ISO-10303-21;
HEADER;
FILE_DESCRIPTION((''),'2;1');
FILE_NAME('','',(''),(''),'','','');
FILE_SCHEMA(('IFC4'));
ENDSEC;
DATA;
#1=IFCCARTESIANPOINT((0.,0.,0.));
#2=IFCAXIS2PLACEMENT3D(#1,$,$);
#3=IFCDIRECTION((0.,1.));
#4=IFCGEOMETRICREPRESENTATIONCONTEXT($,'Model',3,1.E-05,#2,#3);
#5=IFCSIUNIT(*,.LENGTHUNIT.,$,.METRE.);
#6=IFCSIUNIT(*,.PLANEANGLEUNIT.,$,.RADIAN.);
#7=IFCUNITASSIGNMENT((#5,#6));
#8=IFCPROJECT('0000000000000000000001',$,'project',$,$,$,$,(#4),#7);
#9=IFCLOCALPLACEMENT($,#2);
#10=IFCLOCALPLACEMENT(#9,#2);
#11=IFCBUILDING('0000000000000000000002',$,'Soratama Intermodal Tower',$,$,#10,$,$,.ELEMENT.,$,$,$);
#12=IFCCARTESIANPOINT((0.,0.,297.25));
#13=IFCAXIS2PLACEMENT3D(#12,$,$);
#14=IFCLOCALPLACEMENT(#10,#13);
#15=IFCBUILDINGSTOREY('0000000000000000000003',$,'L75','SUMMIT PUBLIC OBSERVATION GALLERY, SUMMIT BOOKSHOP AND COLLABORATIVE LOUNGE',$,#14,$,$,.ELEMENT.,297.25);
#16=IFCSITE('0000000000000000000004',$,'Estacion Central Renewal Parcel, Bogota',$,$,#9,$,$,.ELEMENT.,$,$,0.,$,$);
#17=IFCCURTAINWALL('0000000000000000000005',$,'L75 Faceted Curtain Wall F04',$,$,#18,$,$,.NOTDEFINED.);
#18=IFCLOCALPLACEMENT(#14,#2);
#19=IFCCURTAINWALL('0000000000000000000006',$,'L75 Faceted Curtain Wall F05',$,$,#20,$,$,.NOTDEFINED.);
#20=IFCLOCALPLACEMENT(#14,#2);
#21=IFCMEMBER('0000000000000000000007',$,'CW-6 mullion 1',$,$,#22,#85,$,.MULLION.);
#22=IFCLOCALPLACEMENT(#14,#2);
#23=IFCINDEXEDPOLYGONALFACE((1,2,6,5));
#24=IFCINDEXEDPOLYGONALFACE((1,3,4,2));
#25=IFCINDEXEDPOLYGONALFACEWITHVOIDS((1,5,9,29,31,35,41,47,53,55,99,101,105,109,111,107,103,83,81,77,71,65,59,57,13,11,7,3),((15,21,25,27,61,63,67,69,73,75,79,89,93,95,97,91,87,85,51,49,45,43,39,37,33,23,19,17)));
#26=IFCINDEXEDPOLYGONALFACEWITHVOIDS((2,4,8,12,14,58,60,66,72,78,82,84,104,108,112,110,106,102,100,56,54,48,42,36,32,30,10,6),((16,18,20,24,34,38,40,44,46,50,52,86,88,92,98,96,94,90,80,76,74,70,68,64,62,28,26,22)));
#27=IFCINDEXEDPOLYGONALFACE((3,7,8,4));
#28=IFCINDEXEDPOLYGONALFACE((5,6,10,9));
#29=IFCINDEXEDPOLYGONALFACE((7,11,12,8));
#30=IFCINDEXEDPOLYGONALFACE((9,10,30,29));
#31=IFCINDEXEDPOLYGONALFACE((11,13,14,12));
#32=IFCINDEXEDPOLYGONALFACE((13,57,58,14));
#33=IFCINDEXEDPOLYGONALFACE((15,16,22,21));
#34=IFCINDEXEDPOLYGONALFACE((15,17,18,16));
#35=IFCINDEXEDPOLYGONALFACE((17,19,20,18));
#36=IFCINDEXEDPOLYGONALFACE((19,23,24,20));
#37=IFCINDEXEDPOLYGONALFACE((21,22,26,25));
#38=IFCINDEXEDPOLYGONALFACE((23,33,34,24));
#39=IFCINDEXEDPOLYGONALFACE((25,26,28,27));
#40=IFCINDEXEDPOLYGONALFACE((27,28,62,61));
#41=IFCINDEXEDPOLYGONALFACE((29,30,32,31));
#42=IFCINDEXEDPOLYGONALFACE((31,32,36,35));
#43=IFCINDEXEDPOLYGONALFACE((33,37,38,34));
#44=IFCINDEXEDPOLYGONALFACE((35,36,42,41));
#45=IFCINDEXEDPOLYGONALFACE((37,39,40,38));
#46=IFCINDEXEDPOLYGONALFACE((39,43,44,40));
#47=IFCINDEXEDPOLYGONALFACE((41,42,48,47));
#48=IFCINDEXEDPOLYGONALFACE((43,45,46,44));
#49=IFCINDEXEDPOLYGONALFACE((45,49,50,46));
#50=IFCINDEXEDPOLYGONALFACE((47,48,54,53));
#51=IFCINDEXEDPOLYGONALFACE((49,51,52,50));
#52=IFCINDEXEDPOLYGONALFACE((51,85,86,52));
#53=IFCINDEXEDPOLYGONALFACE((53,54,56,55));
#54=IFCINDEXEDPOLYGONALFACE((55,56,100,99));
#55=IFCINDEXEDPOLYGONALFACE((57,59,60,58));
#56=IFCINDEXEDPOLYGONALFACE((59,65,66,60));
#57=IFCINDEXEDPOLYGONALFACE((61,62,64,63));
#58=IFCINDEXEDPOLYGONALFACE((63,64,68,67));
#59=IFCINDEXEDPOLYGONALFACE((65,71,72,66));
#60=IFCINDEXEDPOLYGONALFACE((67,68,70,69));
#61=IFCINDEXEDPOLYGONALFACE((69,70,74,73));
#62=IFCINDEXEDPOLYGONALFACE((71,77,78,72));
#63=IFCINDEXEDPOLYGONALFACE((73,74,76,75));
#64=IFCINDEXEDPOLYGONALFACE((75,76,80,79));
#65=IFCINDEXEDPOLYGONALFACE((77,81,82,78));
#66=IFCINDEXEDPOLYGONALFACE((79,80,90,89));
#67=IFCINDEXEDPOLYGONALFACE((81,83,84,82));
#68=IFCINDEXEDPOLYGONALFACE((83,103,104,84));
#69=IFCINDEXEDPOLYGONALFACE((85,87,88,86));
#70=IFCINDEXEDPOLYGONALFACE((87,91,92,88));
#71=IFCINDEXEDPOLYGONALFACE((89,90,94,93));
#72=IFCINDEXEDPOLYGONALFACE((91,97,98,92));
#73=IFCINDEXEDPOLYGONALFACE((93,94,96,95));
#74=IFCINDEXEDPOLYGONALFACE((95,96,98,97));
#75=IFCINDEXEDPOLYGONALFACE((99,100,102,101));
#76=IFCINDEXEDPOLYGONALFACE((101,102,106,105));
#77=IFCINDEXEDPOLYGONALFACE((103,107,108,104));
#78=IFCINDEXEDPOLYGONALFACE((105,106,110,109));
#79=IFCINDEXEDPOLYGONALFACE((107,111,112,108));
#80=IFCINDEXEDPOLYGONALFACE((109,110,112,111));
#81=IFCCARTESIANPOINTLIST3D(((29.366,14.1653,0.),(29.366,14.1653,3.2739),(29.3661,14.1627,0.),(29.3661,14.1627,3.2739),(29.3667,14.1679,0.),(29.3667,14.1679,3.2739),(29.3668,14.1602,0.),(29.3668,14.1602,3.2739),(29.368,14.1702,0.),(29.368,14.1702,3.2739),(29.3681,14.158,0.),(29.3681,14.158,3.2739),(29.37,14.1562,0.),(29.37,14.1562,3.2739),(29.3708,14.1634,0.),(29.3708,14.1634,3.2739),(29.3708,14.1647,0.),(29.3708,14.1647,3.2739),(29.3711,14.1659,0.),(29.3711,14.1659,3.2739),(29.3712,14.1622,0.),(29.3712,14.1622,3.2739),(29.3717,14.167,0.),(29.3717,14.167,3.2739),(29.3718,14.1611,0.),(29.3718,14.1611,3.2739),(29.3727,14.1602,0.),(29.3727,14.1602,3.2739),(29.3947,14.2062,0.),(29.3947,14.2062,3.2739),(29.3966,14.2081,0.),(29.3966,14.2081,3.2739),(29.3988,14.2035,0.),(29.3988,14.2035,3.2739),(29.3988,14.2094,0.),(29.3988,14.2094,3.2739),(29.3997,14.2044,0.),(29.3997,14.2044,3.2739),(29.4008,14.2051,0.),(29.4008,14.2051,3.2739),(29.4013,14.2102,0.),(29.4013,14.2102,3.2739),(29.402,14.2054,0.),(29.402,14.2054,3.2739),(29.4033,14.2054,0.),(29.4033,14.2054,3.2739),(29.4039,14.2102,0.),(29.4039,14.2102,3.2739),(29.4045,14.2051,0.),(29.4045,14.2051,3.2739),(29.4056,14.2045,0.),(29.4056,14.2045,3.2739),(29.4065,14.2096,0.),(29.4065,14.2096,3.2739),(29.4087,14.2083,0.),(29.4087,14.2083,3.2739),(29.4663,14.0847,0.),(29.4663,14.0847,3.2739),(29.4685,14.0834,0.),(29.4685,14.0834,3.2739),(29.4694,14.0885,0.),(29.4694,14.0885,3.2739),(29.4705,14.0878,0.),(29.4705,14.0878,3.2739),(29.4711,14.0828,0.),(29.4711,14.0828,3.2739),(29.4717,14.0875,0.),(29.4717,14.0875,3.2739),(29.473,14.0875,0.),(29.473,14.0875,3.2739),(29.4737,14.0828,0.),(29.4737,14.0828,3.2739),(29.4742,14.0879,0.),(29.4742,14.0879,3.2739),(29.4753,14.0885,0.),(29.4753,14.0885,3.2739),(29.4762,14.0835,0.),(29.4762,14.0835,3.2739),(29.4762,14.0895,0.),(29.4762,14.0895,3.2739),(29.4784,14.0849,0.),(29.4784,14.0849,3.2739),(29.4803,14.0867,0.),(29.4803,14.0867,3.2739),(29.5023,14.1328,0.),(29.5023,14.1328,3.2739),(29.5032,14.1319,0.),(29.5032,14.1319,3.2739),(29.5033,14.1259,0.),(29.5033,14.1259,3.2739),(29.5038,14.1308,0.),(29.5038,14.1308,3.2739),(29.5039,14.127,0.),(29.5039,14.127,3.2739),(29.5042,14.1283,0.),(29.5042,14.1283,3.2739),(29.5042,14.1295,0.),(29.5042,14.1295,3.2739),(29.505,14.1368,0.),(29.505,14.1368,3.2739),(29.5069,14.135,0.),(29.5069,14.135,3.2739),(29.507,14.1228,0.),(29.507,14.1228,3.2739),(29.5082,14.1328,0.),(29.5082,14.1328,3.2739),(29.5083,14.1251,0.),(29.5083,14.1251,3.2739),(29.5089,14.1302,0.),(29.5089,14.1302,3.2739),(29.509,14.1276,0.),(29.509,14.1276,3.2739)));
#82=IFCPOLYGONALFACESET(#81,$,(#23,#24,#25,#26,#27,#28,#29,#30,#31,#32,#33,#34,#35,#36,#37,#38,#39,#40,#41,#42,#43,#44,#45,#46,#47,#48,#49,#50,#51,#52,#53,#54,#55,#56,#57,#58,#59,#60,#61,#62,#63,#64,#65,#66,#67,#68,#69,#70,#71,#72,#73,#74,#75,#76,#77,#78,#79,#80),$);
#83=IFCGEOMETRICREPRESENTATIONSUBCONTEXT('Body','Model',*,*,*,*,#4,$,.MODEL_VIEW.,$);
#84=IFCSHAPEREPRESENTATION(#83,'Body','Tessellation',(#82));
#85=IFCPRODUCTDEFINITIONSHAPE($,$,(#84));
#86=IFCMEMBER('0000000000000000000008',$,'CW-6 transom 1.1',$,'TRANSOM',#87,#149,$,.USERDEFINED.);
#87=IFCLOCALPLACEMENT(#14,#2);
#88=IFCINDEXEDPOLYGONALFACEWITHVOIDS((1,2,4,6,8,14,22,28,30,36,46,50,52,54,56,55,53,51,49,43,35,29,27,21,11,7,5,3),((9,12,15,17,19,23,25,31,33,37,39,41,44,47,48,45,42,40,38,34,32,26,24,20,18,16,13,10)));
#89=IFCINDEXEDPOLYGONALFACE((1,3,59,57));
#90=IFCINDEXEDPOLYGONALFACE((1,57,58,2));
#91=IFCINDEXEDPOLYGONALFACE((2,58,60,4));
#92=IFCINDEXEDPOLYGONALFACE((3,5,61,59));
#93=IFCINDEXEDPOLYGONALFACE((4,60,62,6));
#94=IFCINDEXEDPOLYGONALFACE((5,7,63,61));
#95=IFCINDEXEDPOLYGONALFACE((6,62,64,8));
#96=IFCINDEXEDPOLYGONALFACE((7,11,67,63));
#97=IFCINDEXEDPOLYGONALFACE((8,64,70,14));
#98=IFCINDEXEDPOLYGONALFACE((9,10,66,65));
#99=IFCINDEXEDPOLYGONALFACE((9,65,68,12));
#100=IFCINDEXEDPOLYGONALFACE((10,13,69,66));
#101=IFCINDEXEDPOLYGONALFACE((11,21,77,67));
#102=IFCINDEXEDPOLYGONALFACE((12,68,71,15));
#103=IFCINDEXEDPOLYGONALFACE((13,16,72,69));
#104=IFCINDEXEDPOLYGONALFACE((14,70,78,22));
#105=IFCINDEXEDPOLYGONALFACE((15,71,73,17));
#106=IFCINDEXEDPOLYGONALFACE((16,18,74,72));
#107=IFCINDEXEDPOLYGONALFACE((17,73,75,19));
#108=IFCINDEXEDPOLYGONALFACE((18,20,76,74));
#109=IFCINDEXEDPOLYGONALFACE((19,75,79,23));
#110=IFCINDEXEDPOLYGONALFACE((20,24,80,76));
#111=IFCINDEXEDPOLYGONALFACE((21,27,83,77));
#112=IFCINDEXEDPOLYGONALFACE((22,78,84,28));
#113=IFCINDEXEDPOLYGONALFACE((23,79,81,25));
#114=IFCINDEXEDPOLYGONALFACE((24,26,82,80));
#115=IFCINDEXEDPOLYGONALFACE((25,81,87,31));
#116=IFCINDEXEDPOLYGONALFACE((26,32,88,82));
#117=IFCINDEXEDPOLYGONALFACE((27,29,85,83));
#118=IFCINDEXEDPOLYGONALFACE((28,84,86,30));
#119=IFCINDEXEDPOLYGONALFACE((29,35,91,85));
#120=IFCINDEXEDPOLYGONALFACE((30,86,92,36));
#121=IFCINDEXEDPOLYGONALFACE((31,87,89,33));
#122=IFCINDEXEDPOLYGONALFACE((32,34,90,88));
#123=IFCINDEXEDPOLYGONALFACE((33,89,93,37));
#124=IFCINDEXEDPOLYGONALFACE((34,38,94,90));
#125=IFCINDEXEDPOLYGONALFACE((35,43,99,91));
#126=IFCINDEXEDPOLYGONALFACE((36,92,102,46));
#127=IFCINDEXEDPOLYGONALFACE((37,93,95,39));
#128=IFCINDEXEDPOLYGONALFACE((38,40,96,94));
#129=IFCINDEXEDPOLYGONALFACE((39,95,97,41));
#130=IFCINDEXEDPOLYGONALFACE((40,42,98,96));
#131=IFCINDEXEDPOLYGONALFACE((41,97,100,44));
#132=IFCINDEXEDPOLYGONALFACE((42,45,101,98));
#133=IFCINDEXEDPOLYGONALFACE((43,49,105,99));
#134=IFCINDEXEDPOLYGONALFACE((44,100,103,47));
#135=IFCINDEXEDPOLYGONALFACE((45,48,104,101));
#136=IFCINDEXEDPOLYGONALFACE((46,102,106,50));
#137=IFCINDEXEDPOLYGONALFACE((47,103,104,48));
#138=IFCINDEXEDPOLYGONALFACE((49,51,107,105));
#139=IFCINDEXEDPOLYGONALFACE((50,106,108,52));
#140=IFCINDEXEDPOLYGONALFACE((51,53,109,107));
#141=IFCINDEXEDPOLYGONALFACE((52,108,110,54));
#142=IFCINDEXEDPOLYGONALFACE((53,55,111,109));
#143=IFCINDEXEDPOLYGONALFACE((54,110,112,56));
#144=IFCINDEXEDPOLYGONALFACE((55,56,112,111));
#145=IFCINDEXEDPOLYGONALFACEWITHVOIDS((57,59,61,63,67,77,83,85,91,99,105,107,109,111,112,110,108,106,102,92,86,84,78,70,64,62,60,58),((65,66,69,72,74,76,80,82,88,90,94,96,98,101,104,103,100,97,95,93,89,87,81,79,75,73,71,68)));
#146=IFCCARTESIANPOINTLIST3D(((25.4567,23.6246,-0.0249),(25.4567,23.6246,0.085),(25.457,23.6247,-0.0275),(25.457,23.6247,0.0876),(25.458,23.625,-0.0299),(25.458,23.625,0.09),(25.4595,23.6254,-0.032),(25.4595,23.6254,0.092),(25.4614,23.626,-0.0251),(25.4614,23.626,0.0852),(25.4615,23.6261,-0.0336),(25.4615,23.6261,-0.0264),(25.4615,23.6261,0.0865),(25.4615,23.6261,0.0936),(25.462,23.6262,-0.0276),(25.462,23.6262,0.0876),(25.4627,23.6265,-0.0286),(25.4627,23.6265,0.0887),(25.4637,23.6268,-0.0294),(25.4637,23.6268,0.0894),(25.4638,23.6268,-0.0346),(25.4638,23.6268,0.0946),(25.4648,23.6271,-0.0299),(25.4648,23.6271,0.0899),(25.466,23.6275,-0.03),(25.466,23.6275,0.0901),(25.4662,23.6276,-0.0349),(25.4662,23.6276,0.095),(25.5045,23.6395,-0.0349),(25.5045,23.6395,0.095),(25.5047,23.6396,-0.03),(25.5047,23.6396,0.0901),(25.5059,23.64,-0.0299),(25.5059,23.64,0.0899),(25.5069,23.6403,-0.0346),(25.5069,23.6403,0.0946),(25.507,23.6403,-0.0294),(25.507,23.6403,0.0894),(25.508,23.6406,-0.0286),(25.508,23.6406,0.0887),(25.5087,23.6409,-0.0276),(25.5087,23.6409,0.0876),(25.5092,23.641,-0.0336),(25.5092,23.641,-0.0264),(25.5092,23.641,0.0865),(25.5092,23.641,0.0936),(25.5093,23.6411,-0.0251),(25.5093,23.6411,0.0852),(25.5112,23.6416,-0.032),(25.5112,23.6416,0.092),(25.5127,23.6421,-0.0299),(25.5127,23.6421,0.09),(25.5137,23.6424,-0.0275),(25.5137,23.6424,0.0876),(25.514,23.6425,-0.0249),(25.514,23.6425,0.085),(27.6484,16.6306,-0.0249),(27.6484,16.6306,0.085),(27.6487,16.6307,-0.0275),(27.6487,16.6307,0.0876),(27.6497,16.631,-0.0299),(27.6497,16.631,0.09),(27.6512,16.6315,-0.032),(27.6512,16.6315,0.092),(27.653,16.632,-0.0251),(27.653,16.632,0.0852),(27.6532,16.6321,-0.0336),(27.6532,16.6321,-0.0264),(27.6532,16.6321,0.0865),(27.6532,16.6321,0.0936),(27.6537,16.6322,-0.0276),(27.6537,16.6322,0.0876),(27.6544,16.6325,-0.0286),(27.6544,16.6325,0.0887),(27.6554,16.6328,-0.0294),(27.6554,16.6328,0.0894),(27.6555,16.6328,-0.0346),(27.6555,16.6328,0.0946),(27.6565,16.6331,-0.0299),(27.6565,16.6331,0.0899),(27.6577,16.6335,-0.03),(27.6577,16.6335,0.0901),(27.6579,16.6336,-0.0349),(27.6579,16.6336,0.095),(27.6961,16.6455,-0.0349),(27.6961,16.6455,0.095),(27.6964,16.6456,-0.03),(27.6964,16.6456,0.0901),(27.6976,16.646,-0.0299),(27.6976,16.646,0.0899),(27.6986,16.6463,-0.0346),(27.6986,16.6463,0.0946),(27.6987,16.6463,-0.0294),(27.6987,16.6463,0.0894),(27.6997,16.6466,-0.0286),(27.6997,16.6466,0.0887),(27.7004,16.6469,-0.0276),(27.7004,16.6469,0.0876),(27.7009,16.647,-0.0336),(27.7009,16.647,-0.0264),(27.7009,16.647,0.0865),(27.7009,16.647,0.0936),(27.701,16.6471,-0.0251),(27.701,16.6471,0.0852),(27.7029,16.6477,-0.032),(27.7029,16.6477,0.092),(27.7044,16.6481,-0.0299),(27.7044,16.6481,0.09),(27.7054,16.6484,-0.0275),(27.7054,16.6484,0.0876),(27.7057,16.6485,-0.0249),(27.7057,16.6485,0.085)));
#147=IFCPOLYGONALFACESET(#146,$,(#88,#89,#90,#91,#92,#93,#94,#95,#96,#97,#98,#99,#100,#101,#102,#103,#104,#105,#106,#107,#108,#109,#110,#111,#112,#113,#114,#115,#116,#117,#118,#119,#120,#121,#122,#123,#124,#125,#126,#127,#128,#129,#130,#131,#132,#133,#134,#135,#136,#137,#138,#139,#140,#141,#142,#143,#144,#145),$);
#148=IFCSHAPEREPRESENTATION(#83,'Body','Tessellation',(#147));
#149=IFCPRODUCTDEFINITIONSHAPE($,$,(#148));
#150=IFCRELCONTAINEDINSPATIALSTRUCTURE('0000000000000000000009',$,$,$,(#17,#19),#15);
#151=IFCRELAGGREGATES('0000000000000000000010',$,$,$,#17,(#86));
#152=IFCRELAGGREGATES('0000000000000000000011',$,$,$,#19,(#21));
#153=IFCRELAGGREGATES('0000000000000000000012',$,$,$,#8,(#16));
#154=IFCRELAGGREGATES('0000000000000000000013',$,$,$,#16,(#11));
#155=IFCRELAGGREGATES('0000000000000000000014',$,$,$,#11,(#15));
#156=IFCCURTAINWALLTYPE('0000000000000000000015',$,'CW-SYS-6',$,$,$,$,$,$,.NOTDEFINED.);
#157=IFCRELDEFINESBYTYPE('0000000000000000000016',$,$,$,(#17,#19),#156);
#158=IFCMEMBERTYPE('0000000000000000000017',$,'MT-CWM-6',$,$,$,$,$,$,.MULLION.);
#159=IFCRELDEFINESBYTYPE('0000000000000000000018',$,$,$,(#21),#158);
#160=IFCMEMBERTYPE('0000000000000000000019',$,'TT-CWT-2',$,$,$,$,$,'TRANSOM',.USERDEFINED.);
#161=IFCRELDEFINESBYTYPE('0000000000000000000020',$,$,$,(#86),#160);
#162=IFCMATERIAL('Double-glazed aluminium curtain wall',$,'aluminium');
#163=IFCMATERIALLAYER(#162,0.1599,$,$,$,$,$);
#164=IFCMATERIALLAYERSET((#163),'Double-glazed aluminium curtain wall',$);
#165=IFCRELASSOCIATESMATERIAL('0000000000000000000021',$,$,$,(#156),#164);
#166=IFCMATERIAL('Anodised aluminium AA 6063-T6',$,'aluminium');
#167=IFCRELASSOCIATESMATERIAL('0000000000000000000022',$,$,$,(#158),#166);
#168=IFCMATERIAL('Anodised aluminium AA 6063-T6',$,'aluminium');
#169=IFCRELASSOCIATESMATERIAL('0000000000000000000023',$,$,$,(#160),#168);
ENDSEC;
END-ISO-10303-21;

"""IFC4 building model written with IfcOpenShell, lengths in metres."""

from ifc_helpers import new_model, si_unit, direction, frame, origin, origin_2d, place, context, subcontext, project, spatial, hollow_rectangle, extrude, material, layer, layer_set, material_profile, profile_set, type_object, element, aggregate, save


model = new_model("IFC4")

# Units and contexts
model_context = context("Model", 3, precision=1e-05, world=origin(), true_north=direction((0.0, 1.0)))
body_context = subcontext(model_context, "Body", "Model", "MODEL_VIEW")
ifc_project = project(units=[si_unit("LENGTHUNIT", "METRE"), si_unit("PLANEANGLEUNIT", "RADIAN")], contexts=[model_context])

# Site, building, storey
site_placement = place(None, origin())
site = spatial("IfcSite", under=ifc_project, at=site_placement, Name="Estacion Central Renewal Parcel, Bogota", CompositionType="ELEMENT", RefElevation=0.0)
building_placement = place(site_placement, origin())
building = spatial("IfcBuilding", under=site, at=building_placement, Name="Soratama Intermodal Tower", CompositionType="ELEMENT")
storey_placement = place(building_placement, frame((0.0, 0.0, 297.25)))
storey = spatial("IfcBuildingStorey", under=building, at=storey_placement, Name="L75", Description="SUMMIT PUBLIC OBSERVATION GALLERY, SUMMIT BOOKSHOP AND COLLABORATIVE LOUNGE", CompositionType="ELEMENT", Elevation=297.25)

# Curtain wall
ifc_material_1 = material(Name="Double-glazed aluminium curtain wall", Category="aluminium")
ifc_layer_1 = layer(ifc_material_1, 0.1599)
ifc_layer_set_1 = layer_set([ifc_layer_1], Name="Double-glazed aluminium curtain wall")
curtain_wall_type = type_object("IfcCurtainWallType", Name="CW-SYS-6", PredefinedType="NOTDEFINED", material=ifc_layer_set_1)
curtain_wall_1_placement = place(storey_placement, origin())
curtain_wall_1 = element("IfcCurtainWall", 1, at=curtain_wall_1_placement, inside=storey, type_object=curtain_wall_type, Name="L75 Faceted Curtain Wall F04", PredefinedType="NOTDEFINED")
ifc_material_2 = material(Name="Anodised aluminium AA 6063-T6", Category="aluminium")
ifc_material_profile_1 = material_profile(ifc_material_2, hollow_rectangle(XDim=0.0649, YDim=0.1399, WallThickness=0.0049, InnerFilletRadius=0.0049, OuterFilletRadius=0.01, at=origin_2d()), Name="CWM140X65X5")
ifc_profile_set_1 = profile_set([ifc_material_profile_1], Name="Anodised aluminium AA 6063-T6")
member_type_1 = type_object("IfcMemberType", Name="MT-CWM-6", PredefinedType="MULLION", material=ifc_profile_set_1)

# Curtain wall, member
curtain_wall_2_placement = place(storey_placement, origin())
curtain_wall_2 = element("IfcCurtainWall", 2, at=curtain_wall_2_placement, inside=storey, type_object=curtain_wall_type, Name="L75 Faceted Curtain Wall F05", PredefinedType="NOTDEFINED")
member_1_placement = place(storey_placement, frame((29.4375, 14.1465, 0.0), z_axis=(0.0, 0.0, 1.0), x_axis=(0.596228, 0.802815, 0.0)))
member_1 = element("IfcMember", 3, at=member_1_placement, type_object=member_type_1, Name="CW-6 mullion 1", PredefinedType="MULLION", context=body_context, shape_type="SweptSolid", body=[
    extrude(hollow_rectangle(XDim=0.0649, YDim=0.1399, WallThickness=0.0049, InnerFilletRadius=0.0049, OuterFilletRadius=0.01, at=origin_2d()), origin(), (0.0, 0.0, 1.0), 3.2739),
])

# Member
ifc_material_3 = material(Name="Anodised aluminium AA 6063-T6", Category="aluminium")
ifc_material_profile_2 = material_profile(ifc_material_3, hollow_rectangle(XDim=0.0601, YDim=0.1299, WallThickness=0.0049, InnerFilletRadius=0.0049, OuterFilletRadius=0.01, at=origin_2d()), Name="CWT130X60X5")
ifc_profile_set_2 = profile_set([ifc_material_profile_2], Name="Anodised aluminium AA 6063-T6")
member_type_2 = type_object("IfcMemberType", Name="TT-CWT-2", ElementType="TRANSOM", PredefinedType="USERDEFINED", material=ifc_profile_set_2)
member_2_placement = place(storey_placement, frame((25.4854, 23.6335, 0.03), z_axis=(0.299028, -0.954244, 0.0), x_axis=(0.954244, 0.299028, 0.0)))
member_2 = element("IfcMember", 4, at=member_2_placement, type_object=member_type_2, Name="CW-6 transom 1.1", ObjectType="TRANSOM", PredefinedType="USERDEFINED", context=body_context, shape_type="SweptSolid", body=[
    extrude(hollow_rectangle(XDim=0.0601, YDim=0.1299, WallThickness=0.0049, InnerFilletRadius=0.0049, OuterFilletRadius=0.01, at=origin_2d()), origin(), (0.0, 0.0, 1.0), 7.3293),
])

aggregate(curtain_wall_1, [member_2])
aggregate(curtain_wall_2, [member_1])

save(model, "model.ifc")
